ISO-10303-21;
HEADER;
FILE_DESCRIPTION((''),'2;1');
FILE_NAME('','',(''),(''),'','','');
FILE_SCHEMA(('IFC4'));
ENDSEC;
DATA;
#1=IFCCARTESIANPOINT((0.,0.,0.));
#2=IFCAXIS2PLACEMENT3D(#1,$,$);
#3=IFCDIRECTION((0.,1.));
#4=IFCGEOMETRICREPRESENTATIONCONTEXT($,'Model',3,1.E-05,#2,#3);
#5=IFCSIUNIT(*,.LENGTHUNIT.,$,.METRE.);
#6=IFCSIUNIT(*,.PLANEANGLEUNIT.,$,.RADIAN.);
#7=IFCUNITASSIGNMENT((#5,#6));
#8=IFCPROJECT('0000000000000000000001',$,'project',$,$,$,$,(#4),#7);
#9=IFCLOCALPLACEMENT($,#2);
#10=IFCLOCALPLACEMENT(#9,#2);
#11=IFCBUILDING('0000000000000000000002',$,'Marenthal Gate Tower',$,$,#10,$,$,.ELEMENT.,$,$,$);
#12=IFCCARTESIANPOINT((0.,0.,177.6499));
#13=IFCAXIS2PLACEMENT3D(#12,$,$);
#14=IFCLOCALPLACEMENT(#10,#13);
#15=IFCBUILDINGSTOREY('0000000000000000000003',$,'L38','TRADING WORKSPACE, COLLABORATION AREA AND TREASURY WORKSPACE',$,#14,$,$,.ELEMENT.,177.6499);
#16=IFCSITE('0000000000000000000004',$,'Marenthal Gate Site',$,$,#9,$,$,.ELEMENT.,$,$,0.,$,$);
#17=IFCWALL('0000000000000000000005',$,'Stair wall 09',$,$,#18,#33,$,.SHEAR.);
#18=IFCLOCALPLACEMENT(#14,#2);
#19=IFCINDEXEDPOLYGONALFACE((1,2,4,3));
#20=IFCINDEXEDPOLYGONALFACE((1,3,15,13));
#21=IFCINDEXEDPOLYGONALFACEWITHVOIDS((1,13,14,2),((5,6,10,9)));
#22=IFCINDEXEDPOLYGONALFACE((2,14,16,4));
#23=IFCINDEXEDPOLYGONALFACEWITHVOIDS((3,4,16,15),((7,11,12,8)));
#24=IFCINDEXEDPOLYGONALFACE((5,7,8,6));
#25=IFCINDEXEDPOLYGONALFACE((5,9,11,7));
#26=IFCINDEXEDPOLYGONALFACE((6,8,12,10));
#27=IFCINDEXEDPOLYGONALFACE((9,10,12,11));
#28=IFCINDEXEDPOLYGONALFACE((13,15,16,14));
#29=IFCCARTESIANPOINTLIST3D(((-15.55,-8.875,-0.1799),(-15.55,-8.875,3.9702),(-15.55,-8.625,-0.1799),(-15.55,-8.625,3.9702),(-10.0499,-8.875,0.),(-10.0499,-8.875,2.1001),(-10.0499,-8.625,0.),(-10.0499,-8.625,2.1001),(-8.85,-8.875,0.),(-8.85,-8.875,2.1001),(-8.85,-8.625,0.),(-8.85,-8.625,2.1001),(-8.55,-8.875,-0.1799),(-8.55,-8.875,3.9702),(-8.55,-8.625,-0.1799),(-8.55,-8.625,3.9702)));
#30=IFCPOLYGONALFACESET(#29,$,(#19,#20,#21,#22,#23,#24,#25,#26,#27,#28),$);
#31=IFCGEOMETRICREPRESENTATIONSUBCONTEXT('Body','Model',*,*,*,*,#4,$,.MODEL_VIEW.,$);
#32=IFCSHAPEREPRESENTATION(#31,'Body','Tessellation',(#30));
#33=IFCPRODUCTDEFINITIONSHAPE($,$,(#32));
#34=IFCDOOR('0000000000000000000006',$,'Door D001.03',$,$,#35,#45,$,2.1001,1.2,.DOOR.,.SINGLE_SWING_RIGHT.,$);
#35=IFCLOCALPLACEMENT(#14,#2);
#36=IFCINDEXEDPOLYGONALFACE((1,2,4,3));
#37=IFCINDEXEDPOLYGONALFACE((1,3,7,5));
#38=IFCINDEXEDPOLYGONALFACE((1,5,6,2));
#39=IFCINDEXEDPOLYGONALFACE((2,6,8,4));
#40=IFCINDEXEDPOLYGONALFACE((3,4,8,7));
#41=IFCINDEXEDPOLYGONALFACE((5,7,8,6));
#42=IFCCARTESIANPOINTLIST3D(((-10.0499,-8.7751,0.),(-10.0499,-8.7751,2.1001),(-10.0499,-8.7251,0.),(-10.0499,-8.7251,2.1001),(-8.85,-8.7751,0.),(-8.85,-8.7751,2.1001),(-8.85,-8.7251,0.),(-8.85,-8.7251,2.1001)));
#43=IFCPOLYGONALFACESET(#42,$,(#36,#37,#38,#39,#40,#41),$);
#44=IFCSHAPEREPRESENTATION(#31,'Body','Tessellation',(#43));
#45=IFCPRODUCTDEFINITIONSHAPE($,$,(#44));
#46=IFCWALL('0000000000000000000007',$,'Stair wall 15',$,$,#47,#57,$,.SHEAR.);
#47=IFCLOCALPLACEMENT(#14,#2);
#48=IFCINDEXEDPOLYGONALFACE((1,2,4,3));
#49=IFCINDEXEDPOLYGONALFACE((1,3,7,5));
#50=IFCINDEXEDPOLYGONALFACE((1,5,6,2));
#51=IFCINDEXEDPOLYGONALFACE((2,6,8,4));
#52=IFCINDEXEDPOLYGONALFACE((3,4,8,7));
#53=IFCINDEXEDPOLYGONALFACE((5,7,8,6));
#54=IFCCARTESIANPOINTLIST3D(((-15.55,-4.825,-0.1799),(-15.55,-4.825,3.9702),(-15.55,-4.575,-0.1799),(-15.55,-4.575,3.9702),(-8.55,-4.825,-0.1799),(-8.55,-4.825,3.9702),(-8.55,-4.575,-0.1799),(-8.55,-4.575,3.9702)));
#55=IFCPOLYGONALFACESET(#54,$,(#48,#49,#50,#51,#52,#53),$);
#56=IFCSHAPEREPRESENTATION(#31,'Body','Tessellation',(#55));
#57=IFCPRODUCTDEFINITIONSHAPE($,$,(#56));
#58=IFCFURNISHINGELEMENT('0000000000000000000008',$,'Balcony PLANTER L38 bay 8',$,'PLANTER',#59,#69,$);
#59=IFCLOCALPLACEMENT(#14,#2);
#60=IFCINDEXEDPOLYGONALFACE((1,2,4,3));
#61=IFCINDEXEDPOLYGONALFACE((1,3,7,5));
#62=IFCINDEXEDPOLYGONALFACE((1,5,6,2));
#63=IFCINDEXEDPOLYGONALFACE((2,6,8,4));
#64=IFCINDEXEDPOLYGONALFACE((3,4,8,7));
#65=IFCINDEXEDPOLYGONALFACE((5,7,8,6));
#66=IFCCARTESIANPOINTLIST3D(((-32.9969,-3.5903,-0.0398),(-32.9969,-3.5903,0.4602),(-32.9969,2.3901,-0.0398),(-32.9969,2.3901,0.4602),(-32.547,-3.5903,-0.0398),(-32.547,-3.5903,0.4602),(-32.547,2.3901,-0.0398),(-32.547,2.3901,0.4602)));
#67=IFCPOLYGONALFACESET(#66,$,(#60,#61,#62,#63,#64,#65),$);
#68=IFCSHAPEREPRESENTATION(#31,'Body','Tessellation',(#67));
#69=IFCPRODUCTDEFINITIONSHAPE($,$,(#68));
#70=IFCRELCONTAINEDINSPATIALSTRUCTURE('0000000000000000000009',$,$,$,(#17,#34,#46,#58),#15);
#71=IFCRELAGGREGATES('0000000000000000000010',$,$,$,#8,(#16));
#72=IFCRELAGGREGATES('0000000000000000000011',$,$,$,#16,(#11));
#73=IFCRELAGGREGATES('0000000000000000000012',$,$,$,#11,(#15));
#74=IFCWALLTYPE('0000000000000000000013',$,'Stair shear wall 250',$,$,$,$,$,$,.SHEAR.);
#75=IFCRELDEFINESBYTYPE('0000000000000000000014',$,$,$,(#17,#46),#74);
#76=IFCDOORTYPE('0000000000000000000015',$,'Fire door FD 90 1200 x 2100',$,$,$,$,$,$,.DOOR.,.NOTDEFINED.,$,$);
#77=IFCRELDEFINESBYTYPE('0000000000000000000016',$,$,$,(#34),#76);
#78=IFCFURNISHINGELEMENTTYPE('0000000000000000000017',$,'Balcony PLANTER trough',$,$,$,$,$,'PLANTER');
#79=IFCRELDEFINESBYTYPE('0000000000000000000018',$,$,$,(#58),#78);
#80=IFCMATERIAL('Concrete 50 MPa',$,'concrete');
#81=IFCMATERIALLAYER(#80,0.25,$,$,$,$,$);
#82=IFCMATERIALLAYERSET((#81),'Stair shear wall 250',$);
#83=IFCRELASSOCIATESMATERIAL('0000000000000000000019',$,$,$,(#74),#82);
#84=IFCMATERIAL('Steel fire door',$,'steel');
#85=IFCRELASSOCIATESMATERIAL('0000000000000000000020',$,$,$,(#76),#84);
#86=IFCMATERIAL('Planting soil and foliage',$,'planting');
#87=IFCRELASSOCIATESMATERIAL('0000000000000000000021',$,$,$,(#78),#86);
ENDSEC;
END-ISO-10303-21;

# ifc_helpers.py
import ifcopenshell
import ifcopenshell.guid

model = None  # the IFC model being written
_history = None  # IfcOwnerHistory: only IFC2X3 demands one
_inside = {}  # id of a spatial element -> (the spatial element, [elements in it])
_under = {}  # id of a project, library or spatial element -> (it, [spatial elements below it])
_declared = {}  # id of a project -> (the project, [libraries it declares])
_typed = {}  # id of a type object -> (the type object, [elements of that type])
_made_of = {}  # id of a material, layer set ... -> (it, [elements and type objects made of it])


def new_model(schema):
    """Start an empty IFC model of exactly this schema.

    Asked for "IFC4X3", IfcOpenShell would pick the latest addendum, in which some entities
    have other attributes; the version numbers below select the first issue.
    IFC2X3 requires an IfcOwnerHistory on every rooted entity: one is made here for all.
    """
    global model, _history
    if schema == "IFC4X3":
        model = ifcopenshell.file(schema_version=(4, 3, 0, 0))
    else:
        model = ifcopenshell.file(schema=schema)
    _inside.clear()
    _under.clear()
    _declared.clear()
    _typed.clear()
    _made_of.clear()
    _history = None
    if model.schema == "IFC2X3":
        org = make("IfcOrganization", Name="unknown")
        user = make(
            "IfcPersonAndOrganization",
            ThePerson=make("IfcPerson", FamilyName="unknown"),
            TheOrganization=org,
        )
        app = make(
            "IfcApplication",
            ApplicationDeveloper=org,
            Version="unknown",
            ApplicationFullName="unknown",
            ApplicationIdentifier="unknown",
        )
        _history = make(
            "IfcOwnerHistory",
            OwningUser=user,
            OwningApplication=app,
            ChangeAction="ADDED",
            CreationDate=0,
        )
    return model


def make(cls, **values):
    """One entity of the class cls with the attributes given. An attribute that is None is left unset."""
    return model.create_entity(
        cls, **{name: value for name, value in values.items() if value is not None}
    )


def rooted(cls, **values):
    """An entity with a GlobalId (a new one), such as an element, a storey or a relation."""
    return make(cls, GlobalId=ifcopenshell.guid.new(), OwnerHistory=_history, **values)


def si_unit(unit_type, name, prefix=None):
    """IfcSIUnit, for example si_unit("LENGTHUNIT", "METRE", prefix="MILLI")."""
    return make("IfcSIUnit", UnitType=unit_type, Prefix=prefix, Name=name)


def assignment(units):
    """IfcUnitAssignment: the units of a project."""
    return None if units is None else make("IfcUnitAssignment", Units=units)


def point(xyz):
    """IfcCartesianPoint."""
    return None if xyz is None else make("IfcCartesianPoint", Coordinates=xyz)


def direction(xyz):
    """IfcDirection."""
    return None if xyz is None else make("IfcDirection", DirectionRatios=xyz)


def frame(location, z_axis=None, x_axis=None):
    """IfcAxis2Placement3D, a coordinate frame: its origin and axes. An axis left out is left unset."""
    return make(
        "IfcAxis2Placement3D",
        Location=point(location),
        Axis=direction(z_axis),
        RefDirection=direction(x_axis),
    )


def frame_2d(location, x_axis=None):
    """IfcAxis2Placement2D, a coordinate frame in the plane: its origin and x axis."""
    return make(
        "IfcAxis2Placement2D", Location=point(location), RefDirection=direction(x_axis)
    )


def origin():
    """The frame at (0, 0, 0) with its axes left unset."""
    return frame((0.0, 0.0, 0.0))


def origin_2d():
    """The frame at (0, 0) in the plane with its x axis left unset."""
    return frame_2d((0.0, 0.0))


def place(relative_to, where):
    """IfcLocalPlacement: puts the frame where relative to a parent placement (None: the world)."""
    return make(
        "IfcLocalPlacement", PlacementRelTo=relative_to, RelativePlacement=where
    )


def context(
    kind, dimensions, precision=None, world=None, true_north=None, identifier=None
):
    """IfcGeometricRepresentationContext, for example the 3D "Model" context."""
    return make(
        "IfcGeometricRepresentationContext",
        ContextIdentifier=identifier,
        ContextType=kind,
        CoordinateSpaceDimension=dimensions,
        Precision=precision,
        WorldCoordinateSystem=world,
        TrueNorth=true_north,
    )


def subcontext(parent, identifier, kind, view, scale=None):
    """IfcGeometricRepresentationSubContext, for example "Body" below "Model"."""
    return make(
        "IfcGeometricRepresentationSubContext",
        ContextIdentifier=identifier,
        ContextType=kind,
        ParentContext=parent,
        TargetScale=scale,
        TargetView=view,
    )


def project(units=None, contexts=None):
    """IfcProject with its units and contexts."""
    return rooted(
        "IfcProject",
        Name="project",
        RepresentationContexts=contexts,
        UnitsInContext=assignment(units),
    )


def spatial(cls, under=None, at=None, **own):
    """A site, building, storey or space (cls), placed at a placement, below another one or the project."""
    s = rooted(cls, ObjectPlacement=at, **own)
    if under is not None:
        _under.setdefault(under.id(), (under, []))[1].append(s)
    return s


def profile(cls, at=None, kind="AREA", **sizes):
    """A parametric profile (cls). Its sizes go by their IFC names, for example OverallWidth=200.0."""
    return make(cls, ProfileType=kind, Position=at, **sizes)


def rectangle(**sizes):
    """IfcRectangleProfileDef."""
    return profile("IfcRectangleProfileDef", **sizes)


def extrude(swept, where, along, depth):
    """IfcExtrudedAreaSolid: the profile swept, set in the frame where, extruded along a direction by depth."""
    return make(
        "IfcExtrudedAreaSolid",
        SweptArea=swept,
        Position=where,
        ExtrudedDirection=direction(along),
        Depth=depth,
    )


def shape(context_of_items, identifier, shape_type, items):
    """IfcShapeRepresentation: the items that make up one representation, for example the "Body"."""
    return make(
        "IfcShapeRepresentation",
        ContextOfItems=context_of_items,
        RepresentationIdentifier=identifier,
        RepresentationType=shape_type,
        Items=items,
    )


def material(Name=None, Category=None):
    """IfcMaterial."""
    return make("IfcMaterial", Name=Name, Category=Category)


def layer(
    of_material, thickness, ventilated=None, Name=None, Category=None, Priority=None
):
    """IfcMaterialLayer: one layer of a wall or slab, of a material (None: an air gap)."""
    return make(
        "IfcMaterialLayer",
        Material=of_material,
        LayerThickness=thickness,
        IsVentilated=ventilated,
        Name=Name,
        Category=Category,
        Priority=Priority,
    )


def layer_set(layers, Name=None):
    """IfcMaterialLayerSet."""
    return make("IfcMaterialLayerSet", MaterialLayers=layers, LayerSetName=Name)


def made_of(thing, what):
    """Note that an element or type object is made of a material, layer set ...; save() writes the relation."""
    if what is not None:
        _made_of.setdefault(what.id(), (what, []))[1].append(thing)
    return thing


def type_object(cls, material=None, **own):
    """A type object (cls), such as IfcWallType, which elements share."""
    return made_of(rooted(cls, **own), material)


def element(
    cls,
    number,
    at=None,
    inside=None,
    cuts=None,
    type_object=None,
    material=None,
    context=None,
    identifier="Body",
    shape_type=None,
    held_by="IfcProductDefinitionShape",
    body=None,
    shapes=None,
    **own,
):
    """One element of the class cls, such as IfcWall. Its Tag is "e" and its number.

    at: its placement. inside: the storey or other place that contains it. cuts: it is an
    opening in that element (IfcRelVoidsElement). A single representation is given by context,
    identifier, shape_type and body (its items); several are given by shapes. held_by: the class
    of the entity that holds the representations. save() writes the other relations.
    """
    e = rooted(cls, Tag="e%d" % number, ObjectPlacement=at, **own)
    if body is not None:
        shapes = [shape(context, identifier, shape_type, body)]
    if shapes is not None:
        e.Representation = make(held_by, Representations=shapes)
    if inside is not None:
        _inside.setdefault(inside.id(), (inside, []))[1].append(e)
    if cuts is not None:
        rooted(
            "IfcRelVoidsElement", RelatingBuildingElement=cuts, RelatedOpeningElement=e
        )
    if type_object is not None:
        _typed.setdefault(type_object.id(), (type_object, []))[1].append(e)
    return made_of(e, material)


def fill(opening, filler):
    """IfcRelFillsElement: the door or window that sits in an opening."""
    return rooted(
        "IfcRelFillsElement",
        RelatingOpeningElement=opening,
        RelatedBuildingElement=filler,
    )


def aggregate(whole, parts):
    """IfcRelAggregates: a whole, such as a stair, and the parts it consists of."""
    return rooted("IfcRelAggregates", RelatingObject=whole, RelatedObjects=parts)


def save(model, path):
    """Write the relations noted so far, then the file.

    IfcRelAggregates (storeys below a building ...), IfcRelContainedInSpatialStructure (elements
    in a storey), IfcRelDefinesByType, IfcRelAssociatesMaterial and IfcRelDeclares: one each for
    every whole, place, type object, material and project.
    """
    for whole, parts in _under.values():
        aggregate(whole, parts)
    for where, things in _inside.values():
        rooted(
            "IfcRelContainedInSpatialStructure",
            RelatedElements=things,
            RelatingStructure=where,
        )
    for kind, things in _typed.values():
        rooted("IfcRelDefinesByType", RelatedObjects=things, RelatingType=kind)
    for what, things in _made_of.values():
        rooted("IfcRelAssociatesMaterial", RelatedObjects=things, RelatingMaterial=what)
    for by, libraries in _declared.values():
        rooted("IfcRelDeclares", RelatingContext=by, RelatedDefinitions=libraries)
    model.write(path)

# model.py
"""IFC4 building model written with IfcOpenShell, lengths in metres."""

from ifc_helpers import new_model, si_unit, direction, frame, frame_2d, origin, origin_2d, place, context, subcontext, project, spatial, rectangle, extrude, material, layer, layer_set, type_object, element, fill, save


model = new_model("IFC4")

# Units and contexts
model_context = context("Model", 3, precision=1e-05, world=origin(), true_north=direction((0.0, 1.0)))
body_context = subcontext(model_context, "Body", "Model", "MODEL_VIEW")
ifc_project = project(units=[si_unit("LENGTHUNIT", "METRE"), si_unit("PLANEANGLEUNIT", "RADIAN")], contexts=[model_context])

# Site, building, storey
site_placement = place(None, origin())
site = spatial("IfcSite", under=ifc_project, at=site_placement, Name="Marenthal Gate Site", CompositionType="ELEMENT", RefElevation=0.0)
building_placement = place(site_placement, origin())
building = spatial("IfcBuilding", under=site, at=building_placement, Name="Marenthal Gate Tower", CompositionType="ELEMENT")
storey_placement = place(building_placement, frame((0.0, 0.0, 177.6499)))
storey = spatial("IfcBuildingStorey", under=building, at=storey_placement, Name="L38", Description="TRADING WORKSPACE, COLLABORATION AREA AND TREASURY WORKSPACE", CompositionType="ELEMENT", Elevation=177.6499)

# Wall, opening, door
ifc_material_1 = material(Name="Concrete 50 MPa", Category="concrete")
ifc_layer_1 = layer(ifc_material_1, 0.25)
ifc_layer_set_1 = layer_set([ifc_layer_1], Name="Stair shear wall 250")
wall_type_1 = type_object("IfcWallType", Name="Stair shear wall 250", PredefinedType="SHEAR", material=ifc_layer_set_1)
wall_1_placement = place(storey_placement, frame((-15.55, -8.75, -0.1799), z_axis=(0.0, 0.0, 1.0), x_axis=(1.0, 0.0, 0.0)))
wall_1 = element("IfcWall", 1, at=wall_1_placement, inside=storey, type_object=wall_type_1, Name="Stair wall 09", PredefinedType="SHEAR", context=body_context, shape_type="SweptSolid", body=[
    extrude(rectangle(XDim=7.0, YDim=0.25, at=frame_2d((3.5, 0.0))), origin(), (0.0, 0.0, 1.0), 4.1501),
])
opening_placement = place(wall_1_placement, frame((5.5, 0.0, 0.1799)))
opening = element("IfcOpeningElement", 2, at=opening_placement, cuts=wall_1, PredefinedType="OPENING", context=body_context, shape_type="SweptSolid", body=[
    extrude(rectangle(XDim=1.2, YDim=2.1001, at=frame_2d((0.6001, 1.05))), frame((0.0, 0.135, 0.0), z_axis=(0.0, -1.0, 0.0), x_axis=(1.0, 0.0, 0.0)), (0.0, 0.0, 1.0), 0.27),
])
ifc_material_2 = material(Name="Steel fire door", Category="steel")
door_type = type_object("IfcDoorType", Name="Fire door FD 90 1200 x 2100", OperationType="NOTDEFINED", PredefinedType="DOOR", material=ifc_material_2)
door_placement = place(opening_placement, origin())
door = element("IfcDoor", 3, at=door_placement, inside=storey, type_object=door_type, Name="Door D001.03", OperationType="SINGLE_SWING_RIGHT", OverallHeight=2.1001, OverallWidth=1.2, PredefinedType="DOOR", context=body_context, shape_type="SweptSolid", body=[
    extrude(rectangle(XDim=1.2, YDim=2.1001, at=frame_2d((0.6001, 1.05))), frame((0.0, 0.0249, 0.0), z_axis=(0.0, -1.0, 0.0), x_axis=(1.0, 0.0, 0.0)), (0.0, 0.0, 1.0), 0.05),
])
fill(opening, door)

# Wall
wall_2_placement = place(storey_placement, frame((-15.55, -4.7, -0.1799), z_axis=(0.0, 0.0, 1.0), x_axis=(1.0, 0.0, 0.0)))
element("IfcWall", 4, at=wall_2_placement, inside=storey, type_object=wall_type_1, Name="Stair wall 15", PredefinedType="SHEAR", context=body_context, shape_type="SweptSolid", body=[
    extrude(rectangle(XDim=7.0, YDim=0.25, at=frame_2d((3.5, 0.0))), origin(), (0.0, 0.0, 1.0), 4.1501),
])

# Furnishing element
ifc_material_3 = material(Name="Planting soil and foliage", Category="planting")
furnishing_element_type = type_object("IfcFurnishingElementType", Name="Balcony PLANTER trough", ElementType="PLANTER", material=ifc_material_3)
furnishing_placement = place(storey_placement, frame((-32.772, -0.6001, -0.0398), z_axis=(0.0, 0.0, 1.0), x_axis=(0.0, -1.0, 0.0)))
element("IfcFurnishingElement", 5, at=furnishing_placement, inside=storey, type_object=furnishing_element_type, Name="Balcony PLANTER L38 bay 8", ObjectType="PLANTER", context=body_context, shape_type="SweptSolid", body=[
    extrude(rectangle(XDim=5.9805, YDim=0.45, at=origin_2d()), origin(), (0.0, 0.0, 1.0), 0.5),
])

save(model, "model.ifc")
